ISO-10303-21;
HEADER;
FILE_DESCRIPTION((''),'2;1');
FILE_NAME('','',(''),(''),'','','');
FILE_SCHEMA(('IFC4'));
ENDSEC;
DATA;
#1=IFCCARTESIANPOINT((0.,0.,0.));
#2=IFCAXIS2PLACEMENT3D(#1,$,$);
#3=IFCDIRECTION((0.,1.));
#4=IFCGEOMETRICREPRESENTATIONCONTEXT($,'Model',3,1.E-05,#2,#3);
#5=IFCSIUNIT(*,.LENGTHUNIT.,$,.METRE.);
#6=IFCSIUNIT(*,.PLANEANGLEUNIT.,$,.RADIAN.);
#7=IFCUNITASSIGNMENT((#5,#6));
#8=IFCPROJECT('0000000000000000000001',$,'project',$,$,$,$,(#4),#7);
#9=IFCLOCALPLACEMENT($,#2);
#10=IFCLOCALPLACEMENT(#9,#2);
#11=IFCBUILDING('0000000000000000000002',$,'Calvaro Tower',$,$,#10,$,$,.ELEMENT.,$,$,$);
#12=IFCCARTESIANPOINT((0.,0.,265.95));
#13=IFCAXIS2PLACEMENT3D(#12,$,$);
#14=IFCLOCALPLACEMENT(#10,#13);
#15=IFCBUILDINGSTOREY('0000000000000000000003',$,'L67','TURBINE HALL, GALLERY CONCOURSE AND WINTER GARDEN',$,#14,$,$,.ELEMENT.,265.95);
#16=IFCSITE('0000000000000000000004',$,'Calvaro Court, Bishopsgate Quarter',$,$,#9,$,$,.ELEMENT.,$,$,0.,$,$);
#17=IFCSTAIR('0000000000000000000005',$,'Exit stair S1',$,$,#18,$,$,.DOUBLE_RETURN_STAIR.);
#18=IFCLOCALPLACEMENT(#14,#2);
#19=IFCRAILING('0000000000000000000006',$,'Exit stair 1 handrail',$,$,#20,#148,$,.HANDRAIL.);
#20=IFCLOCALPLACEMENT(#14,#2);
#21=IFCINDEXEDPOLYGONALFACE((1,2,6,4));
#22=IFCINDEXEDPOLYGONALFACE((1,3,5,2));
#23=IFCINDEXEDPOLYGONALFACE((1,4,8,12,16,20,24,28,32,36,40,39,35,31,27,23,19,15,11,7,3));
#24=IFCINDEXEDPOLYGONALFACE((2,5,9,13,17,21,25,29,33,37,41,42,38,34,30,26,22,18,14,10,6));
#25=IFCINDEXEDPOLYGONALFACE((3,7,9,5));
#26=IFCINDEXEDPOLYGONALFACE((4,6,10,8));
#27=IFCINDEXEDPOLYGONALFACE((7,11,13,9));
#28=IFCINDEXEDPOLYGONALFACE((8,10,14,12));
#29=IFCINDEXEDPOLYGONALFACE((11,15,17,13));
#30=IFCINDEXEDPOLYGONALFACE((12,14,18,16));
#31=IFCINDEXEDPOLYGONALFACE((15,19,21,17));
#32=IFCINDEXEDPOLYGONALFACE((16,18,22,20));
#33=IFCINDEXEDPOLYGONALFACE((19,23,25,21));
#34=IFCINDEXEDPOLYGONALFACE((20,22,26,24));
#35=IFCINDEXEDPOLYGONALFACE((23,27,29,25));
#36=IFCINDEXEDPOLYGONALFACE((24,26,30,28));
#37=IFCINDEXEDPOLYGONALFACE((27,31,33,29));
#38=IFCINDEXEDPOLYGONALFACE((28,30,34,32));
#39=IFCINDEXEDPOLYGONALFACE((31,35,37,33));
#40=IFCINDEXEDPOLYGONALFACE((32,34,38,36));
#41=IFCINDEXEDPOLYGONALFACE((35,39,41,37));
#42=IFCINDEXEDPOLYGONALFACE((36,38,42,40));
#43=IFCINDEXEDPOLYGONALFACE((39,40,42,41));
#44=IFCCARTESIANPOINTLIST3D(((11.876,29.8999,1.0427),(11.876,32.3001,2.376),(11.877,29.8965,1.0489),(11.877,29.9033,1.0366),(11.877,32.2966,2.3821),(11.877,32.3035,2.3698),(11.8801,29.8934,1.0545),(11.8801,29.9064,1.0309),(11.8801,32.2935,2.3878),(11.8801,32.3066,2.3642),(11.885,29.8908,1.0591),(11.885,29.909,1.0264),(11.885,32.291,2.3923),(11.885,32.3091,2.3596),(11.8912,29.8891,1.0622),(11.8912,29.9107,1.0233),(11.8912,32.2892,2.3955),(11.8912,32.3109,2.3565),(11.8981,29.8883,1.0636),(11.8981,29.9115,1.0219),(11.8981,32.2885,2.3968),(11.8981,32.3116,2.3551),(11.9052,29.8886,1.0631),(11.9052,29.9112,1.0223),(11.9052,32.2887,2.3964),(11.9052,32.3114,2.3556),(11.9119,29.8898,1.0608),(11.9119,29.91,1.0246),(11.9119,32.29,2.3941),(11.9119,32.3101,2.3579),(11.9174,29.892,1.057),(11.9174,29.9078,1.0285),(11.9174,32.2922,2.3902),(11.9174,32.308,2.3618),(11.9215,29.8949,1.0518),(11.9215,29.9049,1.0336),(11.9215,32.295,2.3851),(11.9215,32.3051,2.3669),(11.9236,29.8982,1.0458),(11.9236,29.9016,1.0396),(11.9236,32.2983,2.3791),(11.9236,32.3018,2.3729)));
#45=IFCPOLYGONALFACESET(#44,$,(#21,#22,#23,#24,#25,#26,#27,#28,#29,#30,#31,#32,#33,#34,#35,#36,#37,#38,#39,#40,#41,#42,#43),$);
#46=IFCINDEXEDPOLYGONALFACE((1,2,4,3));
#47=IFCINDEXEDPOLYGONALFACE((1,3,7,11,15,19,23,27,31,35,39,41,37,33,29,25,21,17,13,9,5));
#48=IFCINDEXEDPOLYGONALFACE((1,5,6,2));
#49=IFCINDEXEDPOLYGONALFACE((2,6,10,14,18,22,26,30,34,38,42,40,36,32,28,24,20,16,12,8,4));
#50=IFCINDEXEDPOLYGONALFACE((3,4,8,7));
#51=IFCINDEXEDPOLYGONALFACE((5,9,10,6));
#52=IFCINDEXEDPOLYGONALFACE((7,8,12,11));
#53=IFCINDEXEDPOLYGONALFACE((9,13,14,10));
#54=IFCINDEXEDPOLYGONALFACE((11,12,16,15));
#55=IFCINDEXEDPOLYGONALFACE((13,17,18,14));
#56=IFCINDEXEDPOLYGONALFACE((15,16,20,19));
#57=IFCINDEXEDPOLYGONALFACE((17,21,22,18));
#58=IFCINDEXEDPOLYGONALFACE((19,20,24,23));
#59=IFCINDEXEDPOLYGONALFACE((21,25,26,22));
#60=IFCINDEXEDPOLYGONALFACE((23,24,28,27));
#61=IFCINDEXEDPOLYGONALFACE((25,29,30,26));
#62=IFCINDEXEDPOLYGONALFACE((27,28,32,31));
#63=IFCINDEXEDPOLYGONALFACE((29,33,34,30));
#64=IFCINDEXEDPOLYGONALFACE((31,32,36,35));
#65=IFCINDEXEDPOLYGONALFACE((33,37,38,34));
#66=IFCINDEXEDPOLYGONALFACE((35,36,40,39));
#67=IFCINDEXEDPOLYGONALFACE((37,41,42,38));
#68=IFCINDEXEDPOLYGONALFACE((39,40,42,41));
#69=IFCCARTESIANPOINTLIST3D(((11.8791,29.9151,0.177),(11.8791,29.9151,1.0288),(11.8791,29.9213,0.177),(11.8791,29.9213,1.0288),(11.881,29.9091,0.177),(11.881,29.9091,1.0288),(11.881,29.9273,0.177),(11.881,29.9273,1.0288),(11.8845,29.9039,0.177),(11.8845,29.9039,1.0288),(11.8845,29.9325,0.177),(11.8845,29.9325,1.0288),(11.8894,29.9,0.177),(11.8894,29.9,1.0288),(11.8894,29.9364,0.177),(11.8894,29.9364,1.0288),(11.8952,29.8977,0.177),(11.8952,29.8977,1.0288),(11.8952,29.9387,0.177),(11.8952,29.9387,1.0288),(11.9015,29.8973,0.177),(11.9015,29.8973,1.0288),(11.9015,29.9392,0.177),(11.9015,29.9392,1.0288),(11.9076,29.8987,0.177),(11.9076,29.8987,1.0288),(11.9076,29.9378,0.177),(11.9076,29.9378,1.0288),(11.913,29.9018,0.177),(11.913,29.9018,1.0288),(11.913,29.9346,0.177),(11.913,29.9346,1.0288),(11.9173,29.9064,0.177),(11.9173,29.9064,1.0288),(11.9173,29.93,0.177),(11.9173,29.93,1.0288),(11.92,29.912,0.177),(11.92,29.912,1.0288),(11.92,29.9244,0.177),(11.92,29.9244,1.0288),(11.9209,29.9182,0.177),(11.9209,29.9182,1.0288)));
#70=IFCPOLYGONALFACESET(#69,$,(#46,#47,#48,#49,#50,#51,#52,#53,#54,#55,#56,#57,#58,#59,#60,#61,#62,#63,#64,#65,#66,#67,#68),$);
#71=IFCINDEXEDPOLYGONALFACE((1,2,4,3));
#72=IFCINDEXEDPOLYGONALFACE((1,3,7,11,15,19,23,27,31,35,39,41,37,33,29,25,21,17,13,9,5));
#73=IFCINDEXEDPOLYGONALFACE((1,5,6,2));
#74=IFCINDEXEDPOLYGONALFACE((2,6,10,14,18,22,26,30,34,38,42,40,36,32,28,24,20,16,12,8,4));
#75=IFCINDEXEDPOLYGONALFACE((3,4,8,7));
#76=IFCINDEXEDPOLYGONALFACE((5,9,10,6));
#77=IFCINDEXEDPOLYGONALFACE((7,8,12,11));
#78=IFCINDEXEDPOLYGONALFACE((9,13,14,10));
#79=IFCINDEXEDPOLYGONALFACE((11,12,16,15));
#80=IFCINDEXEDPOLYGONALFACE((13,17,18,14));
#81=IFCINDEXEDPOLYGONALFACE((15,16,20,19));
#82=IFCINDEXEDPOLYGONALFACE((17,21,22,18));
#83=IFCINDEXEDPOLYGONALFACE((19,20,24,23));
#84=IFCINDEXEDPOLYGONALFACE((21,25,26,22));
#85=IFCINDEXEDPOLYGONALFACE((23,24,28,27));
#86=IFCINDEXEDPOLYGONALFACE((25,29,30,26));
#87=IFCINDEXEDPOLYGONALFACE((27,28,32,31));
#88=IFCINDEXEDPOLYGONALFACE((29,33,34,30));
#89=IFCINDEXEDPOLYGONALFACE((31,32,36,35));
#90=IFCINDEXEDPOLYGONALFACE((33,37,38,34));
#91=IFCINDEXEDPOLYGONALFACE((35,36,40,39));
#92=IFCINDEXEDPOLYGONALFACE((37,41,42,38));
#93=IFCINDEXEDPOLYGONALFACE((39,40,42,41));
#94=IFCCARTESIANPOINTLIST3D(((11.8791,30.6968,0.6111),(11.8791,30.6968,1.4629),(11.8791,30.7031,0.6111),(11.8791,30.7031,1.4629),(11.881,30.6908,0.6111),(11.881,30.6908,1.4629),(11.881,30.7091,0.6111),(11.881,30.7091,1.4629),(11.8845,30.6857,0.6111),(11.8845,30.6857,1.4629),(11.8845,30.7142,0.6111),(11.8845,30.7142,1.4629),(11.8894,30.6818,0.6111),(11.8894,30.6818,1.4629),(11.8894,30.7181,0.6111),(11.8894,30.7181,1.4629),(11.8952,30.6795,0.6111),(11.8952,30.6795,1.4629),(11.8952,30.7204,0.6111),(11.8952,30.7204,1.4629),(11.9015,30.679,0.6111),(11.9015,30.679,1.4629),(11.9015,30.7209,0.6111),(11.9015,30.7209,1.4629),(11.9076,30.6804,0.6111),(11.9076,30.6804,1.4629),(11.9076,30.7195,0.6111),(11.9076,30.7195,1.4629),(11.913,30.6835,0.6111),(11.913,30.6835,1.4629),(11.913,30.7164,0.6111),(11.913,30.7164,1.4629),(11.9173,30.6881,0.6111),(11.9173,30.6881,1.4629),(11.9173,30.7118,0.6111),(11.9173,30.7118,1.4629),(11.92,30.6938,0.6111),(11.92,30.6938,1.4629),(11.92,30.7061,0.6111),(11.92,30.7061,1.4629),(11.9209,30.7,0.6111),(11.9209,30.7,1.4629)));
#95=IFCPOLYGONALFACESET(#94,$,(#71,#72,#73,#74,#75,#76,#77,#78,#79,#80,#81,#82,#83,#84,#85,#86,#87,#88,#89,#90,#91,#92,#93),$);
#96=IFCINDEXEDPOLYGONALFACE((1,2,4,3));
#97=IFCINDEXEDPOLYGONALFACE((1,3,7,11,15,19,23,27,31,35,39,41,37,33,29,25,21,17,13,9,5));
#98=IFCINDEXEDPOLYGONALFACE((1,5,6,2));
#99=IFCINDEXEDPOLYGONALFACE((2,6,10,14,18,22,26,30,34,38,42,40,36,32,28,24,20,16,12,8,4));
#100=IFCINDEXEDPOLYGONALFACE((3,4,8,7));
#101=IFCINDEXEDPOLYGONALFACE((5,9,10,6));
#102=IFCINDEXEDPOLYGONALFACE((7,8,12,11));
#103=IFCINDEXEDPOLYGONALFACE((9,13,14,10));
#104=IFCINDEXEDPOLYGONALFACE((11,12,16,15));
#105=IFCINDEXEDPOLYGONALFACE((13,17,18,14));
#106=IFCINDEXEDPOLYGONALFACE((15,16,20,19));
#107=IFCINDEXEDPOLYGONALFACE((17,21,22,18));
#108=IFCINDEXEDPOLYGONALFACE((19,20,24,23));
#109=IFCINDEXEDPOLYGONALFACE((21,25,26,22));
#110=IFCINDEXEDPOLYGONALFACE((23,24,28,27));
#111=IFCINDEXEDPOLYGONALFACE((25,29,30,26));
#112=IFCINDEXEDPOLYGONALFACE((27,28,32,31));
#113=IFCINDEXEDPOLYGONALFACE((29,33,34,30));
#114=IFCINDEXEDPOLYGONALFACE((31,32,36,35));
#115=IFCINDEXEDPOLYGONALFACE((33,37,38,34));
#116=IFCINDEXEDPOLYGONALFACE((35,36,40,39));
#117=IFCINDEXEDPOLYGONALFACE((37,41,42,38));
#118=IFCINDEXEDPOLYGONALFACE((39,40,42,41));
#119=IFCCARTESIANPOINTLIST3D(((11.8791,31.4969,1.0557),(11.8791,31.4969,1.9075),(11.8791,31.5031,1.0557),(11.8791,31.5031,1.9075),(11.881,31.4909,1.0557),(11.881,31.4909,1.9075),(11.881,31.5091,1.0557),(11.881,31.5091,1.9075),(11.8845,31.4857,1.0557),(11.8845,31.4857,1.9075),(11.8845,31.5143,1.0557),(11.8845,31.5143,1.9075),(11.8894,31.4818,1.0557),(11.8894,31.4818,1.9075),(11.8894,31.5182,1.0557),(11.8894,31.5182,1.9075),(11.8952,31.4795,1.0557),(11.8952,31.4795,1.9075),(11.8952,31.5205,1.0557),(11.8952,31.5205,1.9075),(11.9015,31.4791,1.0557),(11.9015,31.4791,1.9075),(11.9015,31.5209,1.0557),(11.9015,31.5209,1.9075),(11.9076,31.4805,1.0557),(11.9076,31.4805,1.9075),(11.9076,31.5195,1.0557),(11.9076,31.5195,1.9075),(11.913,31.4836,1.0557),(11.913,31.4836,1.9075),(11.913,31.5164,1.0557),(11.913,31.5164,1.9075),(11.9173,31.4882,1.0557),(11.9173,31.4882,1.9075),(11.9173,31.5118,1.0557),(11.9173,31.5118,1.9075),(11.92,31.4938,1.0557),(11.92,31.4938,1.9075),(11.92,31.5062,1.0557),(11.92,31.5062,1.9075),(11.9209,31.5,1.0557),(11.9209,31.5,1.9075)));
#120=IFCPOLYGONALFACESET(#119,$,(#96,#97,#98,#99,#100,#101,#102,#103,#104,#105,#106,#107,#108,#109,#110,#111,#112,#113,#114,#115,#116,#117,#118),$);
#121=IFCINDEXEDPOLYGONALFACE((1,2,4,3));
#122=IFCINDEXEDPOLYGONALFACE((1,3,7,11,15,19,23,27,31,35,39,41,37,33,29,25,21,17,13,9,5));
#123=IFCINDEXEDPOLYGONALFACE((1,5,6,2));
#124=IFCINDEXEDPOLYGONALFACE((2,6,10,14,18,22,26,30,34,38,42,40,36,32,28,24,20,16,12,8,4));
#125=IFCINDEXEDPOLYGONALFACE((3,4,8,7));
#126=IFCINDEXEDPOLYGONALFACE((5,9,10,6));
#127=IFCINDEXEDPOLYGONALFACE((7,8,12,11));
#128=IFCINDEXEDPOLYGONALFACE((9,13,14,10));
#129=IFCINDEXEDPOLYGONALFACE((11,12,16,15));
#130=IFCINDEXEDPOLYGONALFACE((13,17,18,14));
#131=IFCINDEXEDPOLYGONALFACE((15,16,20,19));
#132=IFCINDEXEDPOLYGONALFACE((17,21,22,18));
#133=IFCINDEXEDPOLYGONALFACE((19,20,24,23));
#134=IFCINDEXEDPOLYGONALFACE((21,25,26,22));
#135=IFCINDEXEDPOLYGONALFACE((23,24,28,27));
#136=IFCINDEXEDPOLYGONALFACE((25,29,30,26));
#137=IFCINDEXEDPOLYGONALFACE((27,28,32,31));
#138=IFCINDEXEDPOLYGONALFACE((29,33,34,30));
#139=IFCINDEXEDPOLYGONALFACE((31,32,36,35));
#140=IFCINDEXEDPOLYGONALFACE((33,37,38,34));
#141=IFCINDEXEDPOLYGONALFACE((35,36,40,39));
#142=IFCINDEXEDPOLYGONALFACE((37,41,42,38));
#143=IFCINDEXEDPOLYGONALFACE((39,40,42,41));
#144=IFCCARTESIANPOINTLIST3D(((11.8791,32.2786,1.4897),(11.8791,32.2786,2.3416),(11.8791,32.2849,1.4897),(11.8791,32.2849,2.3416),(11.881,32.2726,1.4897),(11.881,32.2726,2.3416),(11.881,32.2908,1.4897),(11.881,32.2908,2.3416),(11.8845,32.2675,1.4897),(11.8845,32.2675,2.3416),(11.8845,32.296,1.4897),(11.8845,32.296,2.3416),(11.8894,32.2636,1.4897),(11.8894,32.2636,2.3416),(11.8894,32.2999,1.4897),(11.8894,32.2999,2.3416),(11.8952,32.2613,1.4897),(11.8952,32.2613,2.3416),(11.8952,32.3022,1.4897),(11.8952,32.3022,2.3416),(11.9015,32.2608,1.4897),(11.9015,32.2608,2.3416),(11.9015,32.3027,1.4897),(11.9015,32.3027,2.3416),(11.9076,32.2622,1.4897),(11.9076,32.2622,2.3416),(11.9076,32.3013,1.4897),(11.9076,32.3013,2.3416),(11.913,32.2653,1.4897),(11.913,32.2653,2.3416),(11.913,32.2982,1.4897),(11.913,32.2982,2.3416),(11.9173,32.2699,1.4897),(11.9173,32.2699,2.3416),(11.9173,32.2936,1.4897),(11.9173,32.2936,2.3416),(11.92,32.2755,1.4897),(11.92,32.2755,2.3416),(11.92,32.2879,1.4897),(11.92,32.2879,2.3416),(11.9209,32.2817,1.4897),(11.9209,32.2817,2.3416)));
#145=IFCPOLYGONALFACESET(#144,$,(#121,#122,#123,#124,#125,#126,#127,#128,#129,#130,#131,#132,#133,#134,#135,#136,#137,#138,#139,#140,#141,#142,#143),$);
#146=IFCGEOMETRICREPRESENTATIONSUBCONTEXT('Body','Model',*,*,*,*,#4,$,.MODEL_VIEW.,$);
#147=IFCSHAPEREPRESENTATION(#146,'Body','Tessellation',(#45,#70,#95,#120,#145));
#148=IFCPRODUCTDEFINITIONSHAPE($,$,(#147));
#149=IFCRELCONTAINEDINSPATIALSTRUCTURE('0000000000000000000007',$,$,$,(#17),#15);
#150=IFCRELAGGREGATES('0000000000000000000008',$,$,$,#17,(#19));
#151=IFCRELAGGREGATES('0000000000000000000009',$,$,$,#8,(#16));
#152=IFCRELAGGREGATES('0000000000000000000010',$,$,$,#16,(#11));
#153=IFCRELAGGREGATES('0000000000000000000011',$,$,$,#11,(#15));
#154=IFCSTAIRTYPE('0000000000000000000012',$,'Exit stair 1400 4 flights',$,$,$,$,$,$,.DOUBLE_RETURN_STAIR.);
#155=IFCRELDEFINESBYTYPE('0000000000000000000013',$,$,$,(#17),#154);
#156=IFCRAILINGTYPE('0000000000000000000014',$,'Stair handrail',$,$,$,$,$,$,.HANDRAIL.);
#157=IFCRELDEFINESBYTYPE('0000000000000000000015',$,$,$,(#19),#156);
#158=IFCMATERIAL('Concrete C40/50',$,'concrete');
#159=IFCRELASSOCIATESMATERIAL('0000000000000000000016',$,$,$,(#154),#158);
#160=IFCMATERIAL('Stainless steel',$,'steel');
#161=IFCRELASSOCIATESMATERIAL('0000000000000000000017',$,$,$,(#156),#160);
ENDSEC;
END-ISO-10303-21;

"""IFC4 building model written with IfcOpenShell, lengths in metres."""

from ifc_helpers import new_model, si_unit, direction, frame, origin, origin_2d, place, context, subcontext, project, spatial, circle, extrude, material, type_object, element, aggregate, save


model = new_model("IFC4")

# Units and contexts
model_context = context("Model", 3, precision=1e-05, world=origin(), true_north=direction((0.0, 1.0)))
body_context = subcontext(model_context, "Body", "Model", "MODEL_VIEW")
ifc_project = project(units=[si_unit("LENGTHUNIT", "METRE"), si_unit("PLANEANGLEUNIT", "RADIAN")], contexts=[model_context])

# Site, building, storey
site_placement = place(None, origin())
site = spatial("IfcSite", under=ifc_project, at=site_placement, Name="Calvaro Court, Bishopsgate Quarter", CompositionType="ELEMENT", RefElevation=0.0)
building_placement = place(site_placement, origin())
building = spatial("IfcBuilding", under=site, at=building_placement, Name="Calvaro Tower", CompositionType="ELEMENT")
storey_placement = place(building_placement, frame((0.0, 0.0, 265.95)))
storey = spatial("IfcBuildingStorey", under=building, at=storey_placement, Name="L67", Description="TURBINE HALL, GALLERY CONCOURSE AND WINTER GARDEN", CompositionType="ELEMENT", Elevation=265.95)

# Stair, railing
ifc_material_1 = material(Name="Concrete C40/50", Category="concrete")
stair_type = type_object("IfcStairType", Name="Exit stair 1400 4 flights", PredefinedType="DOUBLE_RETURN_STAIR", material=ifc_material_1)
stair_placement = place(storey_placement, origin())
stair = element("IfcStair", 1, at=stair_placement, inside=storey, type_object=stair_type, Name="Exit stair S1", PredefinedType="DOUBLE_RETURN_STAIR")
ifc_material_2 = material(Name="Stainless steel", Category="steel")
railing_type = type_object("IfcRailingType", Name="Stair handrail", PredefinedType="HANDRAIL", material=ifc_material_2)
railing_1_placement = place(storey_placement, frame((11.8999, 29.8999, 0.1667)))
railing_1 = element("IfcRailing", 2, at=railing_1_placement, type_object=railing_type, Name="Exit stair 1 handrail", PredefinedType="HANDRAIL", context=body_context, shape_type="SweptSolid", body=[
    extrude(circle(Radius=0.0239, at=origin_2d()), frame((0.0, 0.0, 0.876), z_axis=(0.0, 0.874182, 0.485598), x_axis=(-1.0, 0.0, 0.0)), (0.0, 0.0, 1.0), 2.7456),
    extrude(circle(Radius=0.021, at=origin_2d()), frame((0.0, 0.0183, 0.0103)), (0.0, 0.0, 1.0), 0.8518),
    extrude(circle(Radius=0.021, at=origin_2d()), frame((0.0, 0.8, 0.4443)), (0.0, 0.0, 1.0), 0.8518),
    extrude(circle(Radius=0.021, at=origin_2d()), frame((0.0, 1.6001, 0.8889)), (0.0, 0.0, 1.0), 0.8518),
    extrude(circle(Radius=0.021, at=origin_2d()), frame((0.0, 2.3818, 1.323)), (0.0, 0.0, 1.0), 0.8518),
])
aggregate(stair, [railing_1])

save(model, "model.ifc")
